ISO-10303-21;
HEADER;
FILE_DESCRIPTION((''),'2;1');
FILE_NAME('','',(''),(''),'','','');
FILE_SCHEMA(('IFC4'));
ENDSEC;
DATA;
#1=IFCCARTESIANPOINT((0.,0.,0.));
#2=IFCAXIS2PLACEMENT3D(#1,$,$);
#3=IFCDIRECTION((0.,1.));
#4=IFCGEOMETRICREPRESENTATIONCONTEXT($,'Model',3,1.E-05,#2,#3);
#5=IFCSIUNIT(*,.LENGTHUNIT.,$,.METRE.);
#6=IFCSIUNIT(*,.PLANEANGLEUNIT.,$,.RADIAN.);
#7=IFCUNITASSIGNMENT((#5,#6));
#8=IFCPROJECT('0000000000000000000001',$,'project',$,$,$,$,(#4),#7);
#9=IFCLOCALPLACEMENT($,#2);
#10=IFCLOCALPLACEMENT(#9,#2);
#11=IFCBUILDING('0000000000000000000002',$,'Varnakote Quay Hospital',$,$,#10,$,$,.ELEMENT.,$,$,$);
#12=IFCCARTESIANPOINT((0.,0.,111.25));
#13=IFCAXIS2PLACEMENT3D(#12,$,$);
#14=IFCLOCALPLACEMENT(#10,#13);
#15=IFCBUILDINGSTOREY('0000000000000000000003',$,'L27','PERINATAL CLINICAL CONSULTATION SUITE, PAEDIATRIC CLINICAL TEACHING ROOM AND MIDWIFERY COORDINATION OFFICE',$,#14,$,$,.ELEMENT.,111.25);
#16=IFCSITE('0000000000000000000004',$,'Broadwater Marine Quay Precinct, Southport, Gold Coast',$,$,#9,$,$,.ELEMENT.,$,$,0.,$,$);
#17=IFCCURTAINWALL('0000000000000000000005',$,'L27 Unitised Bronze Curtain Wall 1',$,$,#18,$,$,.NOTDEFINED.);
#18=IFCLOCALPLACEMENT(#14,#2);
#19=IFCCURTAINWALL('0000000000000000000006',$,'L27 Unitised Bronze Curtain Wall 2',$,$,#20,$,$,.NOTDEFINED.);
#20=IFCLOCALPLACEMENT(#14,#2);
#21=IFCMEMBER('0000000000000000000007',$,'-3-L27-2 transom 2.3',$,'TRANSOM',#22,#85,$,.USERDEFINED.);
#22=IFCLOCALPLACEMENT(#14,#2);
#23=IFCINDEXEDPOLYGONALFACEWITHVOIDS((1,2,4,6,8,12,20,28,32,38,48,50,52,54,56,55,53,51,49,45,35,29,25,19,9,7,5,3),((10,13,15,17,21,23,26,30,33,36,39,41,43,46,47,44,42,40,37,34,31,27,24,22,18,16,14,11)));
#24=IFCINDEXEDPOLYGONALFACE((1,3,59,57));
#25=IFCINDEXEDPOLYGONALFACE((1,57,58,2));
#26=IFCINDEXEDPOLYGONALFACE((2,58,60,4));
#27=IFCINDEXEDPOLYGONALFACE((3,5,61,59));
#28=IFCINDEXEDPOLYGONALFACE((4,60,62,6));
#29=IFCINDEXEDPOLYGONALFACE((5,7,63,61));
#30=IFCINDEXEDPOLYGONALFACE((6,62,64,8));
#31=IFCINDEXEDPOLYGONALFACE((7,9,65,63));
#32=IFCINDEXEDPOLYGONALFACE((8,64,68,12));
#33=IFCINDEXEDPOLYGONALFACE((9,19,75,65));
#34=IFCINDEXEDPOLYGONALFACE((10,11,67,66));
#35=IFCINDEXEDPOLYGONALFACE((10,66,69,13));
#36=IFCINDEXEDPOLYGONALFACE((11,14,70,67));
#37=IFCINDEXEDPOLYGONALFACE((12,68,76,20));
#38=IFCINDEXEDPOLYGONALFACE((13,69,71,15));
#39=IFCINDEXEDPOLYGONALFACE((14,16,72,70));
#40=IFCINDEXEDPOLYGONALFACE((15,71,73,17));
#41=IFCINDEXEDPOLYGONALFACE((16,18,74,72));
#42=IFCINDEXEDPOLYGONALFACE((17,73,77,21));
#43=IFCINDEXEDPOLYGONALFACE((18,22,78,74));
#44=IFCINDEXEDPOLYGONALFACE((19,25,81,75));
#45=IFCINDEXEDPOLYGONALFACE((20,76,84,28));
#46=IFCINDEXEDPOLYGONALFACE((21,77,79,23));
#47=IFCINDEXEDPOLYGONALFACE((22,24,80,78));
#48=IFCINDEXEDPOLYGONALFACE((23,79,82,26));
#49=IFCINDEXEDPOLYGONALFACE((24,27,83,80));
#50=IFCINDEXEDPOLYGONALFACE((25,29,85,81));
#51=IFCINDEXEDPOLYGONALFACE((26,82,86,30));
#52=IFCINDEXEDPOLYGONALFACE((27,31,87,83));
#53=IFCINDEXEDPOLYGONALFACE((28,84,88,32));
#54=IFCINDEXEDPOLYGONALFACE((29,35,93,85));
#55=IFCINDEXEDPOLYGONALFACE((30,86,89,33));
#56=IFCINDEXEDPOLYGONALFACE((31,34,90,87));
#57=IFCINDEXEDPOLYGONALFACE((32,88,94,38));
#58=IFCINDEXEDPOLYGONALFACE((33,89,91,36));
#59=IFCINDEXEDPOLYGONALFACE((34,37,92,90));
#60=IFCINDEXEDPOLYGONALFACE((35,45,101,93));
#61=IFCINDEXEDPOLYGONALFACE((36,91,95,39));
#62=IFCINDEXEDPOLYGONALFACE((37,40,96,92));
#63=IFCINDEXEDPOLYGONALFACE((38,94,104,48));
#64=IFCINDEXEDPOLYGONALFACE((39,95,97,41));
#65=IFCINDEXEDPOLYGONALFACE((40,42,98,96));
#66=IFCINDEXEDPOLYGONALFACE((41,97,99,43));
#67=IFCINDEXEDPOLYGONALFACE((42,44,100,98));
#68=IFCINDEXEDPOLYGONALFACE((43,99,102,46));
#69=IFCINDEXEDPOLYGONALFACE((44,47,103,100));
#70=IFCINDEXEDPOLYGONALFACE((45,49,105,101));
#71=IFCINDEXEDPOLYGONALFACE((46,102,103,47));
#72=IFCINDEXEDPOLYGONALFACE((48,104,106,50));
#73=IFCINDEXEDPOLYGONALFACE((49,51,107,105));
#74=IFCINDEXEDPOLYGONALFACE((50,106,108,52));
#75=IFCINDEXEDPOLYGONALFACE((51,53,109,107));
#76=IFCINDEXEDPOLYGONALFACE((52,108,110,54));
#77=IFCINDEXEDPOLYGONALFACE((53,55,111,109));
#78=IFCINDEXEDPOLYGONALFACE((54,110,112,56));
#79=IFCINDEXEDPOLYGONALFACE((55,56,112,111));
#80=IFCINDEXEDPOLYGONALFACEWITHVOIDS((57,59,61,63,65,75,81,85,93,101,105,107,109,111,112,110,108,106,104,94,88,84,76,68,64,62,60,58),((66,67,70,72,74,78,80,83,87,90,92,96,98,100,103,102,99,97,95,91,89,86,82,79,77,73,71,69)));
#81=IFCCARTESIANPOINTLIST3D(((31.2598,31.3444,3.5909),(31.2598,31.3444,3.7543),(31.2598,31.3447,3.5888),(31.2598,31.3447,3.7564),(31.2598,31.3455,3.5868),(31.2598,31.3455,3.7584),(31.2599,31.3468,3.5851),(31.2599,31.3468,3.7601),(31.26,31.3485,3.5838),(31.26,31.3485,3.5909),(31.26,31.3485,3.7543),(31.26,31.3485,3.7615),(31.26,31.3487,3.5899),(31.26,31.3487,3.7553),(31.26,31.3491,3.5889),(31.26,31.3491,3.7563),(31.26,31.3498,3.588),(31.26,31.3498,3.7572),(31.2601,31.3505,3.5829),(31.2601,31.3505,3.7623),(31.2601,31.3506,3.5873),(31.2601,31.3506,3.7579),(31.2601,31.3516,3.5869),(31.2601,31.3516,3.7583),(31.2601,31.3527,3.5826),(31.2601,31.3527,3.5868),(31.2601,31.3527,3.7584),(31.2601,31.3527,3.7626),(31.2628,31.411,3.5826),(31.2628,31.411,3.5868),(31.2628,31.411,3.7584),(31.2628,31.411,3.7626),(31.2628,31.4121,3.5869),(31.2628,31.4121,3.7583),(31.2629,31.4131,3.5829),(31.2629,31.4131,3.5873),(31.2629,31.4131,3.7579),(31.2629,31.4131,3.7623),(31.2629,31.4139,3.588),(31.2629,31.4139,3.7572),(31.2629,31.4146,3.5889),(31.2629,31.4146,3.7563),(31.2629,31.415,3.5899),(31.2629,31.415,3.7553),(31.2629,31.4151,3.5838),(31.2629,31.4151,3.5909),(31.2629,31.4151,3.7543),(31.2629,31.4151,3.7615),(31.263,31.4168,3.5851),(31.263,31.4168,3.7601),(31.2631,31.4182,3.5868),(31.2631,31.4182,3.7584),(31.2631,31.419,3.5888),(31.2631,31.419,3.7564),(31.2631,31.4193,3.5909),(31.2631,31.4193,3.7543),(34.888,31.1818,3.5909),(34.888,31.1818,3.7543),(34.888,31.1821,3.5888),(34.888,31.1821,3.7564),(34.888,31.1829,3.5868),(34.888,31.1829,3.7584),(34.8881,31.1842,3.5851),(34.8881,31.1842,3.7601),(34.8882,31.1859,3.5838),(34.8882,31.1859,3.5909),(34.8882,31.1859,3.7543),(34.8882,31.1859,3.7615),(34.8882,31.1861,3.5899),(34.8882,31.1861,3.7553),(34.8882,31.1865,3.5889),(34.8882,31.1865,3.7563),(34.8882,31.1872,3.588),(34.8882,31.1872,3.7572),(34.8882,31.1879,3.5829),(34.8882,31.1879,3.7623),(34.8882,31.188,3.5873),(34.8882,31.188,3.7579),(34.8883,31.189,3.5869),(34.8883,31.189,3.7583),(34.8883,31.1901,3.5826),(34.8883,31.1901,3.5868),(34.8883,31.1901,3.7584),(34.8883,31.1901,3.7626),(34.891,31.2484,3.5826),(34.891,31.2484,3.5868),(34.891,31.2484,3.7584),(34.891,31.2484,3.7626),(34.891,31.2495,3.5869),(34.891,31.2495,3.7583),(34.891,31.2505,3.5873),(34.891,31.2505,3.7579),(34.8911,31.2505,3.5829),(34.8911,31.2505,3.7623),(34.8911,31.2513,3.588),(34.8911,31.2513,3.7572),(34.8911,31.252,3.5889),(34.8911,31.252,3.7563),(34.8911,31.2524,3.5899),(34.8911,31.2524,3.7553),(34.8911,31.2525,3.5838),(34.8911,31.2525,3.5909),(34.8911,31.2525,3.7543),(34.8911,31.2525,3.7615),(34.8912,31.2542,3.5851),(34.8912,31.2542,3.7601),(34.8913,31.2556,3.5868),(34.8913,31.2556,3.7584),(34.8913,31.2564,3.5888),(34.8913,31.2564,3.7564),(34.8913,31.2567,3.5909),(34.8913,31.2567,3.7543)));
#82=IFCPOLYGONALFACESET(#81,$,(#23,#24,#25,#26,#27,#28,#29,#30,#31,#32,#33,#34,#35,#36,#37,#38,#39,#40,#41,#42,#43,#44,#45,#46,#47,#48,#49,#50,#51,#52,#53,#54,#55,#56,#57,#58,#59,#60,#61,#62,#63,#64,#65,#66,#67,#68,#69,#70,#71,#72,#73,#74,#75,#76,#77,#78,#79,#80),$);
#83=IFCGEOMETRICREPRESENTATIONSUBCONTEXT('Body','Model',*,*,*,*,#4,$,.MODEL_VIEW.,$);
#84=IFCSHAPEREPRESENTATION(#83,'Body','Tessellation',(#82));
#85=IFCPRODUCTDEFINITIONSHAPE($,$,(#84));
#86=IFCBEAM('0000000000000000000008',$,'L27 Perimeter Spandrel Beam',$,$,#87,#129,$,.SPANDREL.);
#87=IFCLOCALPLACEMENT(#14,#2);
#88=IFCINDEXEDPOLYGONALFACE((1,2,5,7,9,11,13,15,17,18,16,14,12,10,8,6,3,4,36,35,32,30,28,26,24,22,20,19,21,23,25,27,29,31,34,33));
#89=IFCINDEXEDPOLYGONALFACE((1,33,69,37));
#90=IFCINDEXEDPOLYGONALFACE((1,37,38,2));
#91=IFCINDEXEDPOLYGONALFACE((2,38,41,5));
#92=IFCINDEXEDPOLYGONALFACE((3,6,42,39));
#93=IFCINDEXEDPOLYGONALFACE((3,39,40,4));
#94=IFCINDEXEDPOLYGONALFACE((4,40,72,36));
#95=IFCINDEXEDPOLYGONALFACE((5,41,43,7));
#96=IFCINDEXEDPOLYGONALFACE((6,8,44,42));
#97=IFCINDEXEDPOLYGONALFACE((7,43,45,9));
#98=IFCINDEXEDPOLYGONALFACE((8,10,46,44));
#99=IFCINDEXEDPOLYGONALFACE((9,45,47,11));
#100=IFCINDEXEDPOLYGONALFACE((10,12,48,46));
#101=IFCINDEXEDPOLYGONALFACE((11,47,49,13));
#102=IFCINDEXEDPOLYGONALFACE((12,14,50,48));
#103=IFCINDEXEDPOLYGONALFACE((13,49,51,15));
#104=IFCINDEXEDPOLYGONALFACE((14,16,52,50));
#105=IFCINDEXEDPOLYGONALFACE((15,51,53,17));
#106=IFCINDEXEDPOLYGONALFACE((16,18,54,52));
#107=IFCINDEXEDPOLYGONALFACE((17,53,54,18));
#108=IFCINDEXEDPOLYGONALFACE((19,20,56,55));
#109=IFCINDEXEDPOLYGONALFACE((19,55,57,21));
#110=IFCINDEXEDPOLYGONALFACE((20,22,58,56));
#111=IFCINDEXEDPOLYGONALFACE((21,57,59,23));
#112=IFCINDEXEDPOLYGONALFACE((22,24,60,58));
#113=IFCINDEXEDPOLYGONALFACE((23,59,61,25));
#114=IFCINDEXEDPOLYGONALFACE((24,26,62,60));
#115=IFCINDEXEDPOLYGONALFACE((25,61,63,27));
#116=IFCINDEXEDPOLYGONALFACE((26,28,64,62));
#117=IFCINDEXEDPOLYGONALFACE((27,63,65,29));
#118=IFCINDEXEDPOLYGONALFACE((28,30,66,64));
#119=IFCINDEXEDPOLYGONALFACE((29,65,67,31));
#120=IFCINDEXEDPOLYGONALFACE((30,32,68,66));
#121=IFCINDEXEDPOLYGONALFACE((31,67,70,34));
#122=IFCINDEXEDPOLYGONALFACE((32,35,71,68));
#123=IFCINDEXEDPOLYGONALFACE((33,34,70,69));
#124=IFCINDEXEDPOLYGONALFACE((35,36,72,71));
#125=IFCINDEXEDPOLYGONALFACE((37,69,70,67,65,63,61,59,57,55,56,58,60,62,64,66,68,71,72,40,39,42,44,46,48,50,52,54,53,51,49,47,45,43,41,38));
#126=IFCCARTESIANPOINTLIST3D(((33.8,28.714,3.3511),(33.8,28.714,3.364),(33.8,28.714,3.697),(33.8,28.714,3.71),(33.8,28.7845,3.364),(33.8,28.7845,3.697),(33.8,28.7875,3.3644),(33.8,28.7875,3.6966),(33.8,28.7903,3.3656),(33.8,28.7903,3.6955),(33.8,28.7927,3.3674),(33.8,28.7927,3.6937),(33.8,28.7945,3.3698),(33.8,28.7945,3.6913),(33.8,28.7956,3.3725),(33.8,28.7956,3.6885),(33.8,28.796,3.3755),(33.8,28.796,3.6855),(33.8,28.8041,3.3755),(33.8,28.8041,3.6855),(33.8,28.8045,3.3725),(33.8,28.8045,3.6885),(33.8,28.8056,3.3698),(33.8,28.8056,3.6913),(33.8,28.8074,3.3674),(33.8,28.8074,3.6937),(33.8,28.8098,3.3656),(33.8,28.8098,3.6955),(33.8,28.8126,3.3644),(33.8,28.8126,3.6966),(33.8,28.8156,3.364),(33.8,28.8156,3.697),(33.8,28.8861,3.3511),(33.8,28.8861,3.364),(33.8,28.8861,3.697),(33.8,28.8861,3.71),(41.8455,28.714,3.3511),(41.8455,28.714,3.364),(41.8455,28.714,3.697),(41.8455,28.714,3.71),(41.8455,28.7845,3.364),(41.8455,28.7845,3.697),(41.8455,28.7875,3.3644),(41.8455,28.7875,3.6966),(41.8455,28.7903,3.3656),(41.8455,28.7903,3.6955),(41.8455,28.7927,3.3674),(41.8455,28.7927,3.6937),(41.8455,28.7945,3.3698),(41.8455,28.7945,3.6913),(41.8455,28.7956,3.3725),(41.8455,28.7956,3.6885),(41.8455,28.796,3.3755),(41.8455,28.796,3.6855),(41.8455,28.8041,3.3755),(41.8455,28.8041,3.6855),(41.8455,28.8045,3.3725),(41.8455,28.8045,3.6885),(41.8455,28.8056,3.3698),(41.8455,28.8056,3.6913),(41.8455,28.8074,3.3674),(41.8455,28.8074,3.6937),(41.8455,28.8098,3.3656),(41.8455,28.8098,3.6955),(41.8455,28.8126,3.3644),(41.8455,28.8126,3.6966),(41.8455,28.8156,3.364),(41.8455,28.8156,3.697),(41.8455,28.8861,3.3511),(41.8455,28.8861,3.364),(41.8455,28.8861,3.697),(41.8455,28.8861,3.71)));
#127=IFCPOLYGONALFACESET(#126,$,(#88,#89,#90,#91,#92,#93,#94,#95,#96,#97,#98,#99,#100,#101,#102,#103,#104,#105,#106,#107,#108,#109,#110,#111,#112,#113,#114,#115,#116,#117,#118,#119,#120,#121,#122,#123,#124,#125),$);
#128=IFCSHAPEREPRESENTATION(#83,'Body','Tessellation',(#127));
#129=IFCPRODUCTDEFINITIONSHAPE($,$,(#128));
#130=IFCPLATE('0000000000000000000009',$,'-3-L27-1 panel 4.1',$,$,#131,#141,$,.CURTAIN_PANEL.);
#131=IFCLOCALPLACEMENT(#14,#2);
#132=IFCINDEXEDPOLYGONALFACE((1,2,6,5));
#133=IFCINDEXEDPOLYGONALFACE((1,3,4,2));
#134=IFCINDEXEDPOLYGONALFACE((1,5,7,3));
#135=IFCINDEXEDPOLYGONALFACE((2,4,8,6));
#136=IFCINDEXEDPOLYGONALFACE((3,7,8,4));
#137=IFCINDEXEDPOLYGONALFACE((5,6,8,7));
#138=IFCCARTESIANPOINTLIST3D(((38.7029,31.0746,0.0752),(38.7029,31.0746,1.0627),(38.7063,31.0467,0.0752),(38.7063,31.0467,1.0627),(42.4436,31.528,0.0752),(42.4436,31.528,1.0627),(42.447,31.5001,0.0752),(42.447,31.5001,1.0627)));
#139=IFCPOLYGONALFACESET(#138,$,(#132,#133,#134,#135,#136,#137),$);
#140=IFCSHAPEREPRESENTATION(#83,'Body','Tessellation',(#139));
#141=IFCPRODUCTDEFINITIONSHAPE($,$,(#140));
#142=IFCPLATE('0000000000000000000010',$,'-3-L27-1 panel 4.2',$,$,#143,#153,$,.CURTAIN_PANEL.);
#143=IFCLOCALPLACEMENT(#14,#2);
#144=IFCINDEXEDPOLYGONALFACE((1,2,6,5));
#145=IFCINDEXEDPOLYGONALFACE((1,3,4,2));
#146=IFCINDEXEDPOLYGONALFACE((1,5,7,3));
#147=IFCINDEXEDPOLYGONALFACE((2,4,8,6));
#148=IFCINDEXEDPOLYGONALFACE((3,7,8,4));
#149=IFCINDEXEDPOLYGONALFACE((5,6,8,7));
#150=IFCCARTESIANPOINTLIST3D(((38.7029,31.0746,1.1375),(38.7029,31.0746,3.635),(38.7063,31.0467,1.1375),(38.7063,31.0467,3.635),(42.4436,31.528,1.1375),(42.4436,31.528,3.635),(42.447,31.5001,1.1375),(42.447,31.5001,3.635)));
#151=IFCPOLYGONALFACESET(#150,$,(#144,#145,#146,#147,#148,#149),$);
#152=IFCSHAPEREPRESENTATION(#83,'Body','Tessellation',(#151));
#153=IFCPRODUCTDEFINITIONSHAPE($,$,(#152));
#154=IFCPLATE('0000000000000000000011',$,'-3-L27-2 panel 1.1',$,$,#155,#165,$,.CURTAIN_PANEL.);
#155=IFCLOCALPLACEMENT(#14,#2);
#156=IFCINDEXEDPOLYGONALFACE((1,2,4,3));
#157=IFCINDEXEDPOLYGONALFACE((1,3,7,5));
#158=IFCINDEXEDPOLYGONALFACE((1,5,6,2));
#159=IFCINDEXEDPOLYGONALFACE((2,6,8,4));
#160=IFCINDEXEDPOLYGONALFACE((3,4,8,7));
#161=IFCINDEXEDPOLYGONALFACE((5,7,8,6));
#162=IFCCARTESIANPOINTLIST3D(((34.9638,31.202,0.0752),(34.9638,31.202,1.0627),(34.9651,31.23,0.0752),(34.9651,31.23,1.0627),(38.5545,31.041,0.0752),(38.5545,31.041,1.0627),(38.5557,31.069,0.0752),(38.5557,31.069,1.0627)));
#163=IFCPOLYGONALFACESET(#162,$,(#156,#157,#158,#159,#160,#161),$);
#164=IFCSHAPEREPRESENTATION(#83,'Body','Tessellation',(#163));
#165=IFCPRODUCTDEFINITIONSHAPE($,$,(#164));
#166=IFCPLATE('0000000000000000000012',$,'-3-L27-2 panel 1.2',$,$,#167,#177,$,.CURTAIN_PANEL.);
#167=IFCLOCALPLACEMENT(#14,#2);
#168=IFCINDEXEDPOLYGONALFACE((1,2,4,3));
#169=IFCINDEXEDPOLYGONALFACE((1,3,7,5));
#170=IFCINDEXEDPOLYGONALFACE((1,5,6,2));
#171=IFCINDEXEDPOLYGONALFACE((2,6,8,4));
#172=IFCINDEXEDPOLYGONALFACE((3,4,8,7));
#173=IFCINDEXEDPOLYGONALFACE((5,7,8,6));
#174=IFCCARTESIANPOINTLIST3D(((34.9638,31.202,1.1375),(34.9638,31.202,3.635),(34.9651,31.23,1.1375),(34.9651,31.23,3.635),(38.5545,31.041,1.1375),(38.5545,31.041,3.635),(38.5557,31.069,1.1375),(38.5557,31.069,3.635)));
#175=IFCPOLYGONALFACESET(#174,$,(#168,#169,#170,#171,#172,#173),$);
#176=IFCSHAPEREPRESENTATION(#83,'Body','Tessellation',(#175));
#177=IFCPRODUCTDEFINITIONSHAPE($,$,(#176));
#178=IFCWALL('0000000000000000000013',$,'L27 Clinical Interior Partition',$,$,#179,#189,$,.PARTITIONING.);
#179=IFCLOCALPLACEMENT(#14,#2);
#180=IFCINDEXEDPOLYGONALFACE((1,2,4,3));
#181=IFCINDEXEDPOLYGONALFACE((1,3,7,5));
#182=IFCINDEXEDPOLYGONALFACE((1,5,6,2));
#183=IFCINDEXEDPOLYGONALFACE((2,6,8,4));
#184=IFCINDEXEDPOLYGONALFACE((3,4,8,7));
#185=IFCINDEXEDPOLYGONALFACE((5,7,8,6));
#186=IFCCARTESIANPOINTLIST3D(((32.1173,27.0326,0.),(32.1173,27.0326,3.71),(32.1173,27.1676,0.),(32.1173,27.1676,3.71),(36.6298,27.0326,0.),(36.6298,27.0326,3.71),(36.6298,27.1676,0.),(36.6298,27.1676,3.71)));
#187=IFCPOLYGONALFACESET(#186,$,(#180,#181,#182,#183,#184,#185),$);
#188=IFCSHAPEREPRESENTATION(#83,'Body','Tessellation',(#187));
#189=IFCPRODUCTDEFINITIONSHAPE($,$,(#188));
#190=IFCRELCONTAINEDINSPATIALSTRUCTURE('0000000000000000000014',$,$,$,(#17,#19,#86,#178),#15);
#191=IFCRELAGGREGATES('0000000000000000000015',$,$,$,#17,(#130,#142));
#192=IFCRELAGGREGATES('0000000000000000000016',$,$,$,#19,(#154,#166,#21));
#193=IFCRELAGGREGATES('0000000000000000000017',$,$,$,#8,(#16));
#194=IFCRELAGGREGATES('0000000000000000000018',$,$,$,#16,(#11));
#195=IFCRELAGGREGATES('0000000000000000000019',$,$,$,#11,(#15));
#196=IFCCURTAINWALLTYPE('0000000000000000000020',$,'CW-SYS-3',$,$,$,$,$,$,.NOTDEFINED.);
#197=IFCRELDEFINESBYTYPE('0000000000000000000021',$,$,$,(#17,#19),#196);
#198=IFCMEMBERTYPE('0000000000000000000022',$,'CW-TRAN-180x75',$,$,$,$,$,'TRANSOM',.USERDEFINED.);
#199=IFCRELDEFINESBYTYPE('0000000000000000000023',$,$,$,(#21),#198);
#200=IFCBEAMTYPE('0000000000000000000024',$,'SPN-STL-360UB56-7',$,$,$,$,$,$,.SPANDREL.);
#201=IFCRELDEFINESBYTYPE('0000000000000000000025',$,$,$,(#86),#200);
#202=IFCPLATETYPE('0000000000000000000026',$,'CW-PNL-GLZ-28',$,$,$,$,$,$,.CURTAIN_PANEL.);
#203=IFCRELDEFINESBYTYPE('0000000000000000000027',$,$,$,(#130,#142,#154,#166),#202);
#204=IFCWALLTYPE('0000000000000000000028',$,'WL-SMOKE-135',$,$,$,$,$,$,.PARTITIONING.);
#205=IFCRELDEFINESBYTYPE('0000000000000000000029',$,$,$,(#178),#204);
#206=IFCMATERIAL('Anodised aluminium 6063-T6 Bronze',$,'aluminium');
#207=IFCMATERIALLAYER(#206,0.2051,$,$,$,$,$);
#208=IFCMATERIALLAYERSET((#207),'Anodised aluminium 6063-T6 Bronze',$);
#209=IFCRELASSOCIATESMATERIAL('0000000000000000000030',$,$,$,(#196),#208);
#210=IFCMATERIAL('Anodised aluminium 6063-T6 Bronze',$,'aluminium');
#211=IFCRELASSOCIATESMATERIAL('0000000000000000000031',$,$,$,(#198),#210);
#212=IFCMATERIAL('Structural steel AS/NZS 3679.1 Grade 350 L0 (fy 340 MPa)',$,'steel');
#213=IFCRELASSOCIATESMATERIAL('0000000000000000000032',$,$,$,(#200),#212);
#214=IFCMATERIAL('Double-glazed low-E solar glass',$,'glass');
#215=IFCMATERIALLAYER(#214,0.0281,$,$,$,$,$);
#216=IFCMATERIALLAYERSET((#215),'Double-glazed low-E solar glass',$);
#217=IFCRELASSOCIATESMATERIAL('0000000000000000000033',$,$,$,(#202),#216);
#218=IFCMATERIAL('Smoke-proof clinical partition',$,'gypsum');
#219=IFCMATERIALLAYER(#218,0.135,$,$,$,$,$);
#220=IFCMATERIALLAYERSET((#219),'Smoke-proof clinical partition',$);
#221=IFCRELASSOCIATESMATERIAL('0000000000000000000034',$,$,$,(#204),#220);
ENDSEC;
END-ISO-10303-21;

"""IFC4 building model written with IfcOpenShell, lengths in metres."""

from ifc_helpers import new_model, si_unit, direction, frame, frame_2d, origin, origin_2d, place, context, subcontext, project, spatial, rectangle, hollow_rectangle, i_section, extrude, material, layer, layer_set, material_profile, profile_set, type_object, element, aggregate, save


model = new_model("IFC4")

# Units and contexts
model_context = context("Model", 3, precision=1e-05, world=origin(), true_north=direction((0.0, 1.0)))
body_context = subcontext(model_context, "Body", "Model", "MODEL_VIEW")
ifc_project = project(units=[si_unit("LENGTHUNIT", "METRE"), si_unit("PLANEANGLEUNIT", "RADIAN")], contexts=[model_context])

# Site, building, storey
site_placement = place(None, origin())
site = spatial("IfcSite", under=ifc_project, at=site_placement, Name="Broadwater Marine Quay Precinct, Southport, Gold Coast", CompositionType="ELEMENT", RefElevation=0.0)
building_placement = place(site_placement, origin())
building = spatial("IfcBuilding", under=site, at=building_placement, Name="Varnakote Quay Hospital", CompositionType="ELEMENT")
storey_placement = place(building_placement, frame((0.0, 0.0, 111.25)))
storey = spatial("IfcBuildingStorey", under=building, at=storey_placement, Name="L27", Description="PERINATAL CLINICAL CONSULTATION SUITE, PAEDIATRIC CLINICAL TEACHING ROOM AND MIDWIFERY COORDINATION OFFICE", CompositionType="ELEMENT", Elevation=111.25)

# Curtain wall
ifc_material_1 = material(Name="Anodised aluminium 6063-T6 Bronze", Category="aluminium")
ifc_layer_1 = layer(ifc_material_1, 0.2051)
ifc_layer_set_1 = layer_set([ifc_layer_1], Name="Anodised aluminium 6063-T6 Bronze")
curtain_wall_type = type_object("IfcCurtainWallType", Name="CW-SYS-3", PredefinedType="NOTDEFINED", material=ifc_layer_set_1)
curtain_wall_1_placement = place(storey_placement, origin())
curtain_wall_1 = element("IfcCurtainWall", 1, at=curtain_wall_1_placement, inside=storey, type_object=curtain_wall_type, Name="L27 Unitised Bronze Curtain Wall 1", PredefinedType="NOTDEFINED")

# Curtain wall, member
curtain_wall_2_placement = place(storey_placement, origin())
curtain_wall_2 = element("IfcCurtainWall", 2, at=curtain_wall_2_placement, inside=storey, type_object=curtain_wall_type, Name="L27 Unitised Bronze Curtain Wall 2", PredefinedType="NOTDEFINED")
ifc_material_2 = material(Name="Anodised aluminium 6063-T6 Bronze", Category="aluminium")
ifc_material_profile_1 = material_profile(ifc_material_2, hollow_rectangle(XDim=0.075, YDim=0.1799, WallThickness=0.0042, InnerFilletRadius=0.0042, OuterFilletRadius=0.0083, at=origin_2d()), Name="CW-TRAN-180x75")
ifc_profile_set_1 = profile_set([ifc_material_profile_1], Name="Anodised aluminium 6063-T6 Bronze")
member_type_1 = type_object("IfcMemberType", Name="CW-TRAN-180x75", ElementType="TRANSOM", PredefinedType="USERDEFINED", material=ifc_profile_set_1)
member_1_placement = place(storey_placement, frame((34.8896, 31.2192, 3.6726), z_axis=(-0.998997, 0.04477, 0.0), x_axis=(-0.04477, -0.998997, 0.0)))
member_1 = element("IfcMember", 3, at=member_1_placement, type_object=member_type_1, Name="-3-L27-2 transom 2.3", ObjectType="TRANSOM", PredefinedType="USERDEFINED", context=body_context, shape_type="SweptSolid", body=[
    extrude(hollow_rectangle(XDim=0.075, YDim=0.1799, WallThickness=0.0042, InnerFilletRadius=0.0042, OuterFilletRadius=0.0083, at=origin_2d()), origin(), (0.0, 0.0, 1.0), 3.6318),
])

# Beam
ifc_material_3 = material(Name="Structural steel AS/NZS 3679.1 Grade 350 L0 (fy 340 MPa)", Category="steel")
ifc_material_profile_2 = material_profile(ifc_material_3, i_section(OverallWidth=0.1721, OverallDepth=0.3589, WebThickness=0.0081, FlangeThickness=0.0129, FilletRadius=0.0115, at=origin_2d()), Name="360UB56.7")
ifc_profile_set_2 = profile_set([ifc_material_profile_2], Name="Structural steel AS/NZS 3679.1 Grade 350 L0 (fy 340 MPa)")
beam_type = type_object("IfcBeamType", Name="SPN-STL-360UB56-7", PredefinedType="SPANDREL", material=ifc_profile_set_2)
beam_placement = place(storey_placement, frame((33.8, 28.8, 3.5305), z_axis=(1.0, 0.0, 0.0), x_axis=(0.0, 1.0, 0.0)))
element("IfcBeam", 4, at=beam_placement, inside=storey, type_object=beam_type, Name="L27 Perimeter Spandrel Beam", PredefinedType="SPANDREL", context=body_context, shape_type="SweptSolid", body=[
    extrude(i_section(OverallWidth=0.1721, OverallDepth=0.3589, WebThickness=0.0081, FlangeThickness=0.0129, FilletRadius=0.0115, at=origin_2d()), origin(), (0.0, 0.0, 1.0), 8.0454),
])

# Plates
ifc_material_4 = material(Name="Double-glazed low-E solar glass", Category="glass")
ifc_layer_2 = layer(ifc_material_4, 0.0281)
ifc_layer_set_2 = layer_set([ifc_layer_2], Name="Double-glazed low-E solar glass")
plate_type = type_object("IfcPlateType", Name="CW-PNL-GLZ-28", PredefinedType="CURTAIN_PANEL", material=ifc_layer_set_2)
plate_1_placement = place(storey_placement, frame((40.575, 31.2874, 0.0752), z_axis=(0.0, 0.0, 1.0), x_axis=(-0.992734, -0.120327, 0.0)))
plate_1 = element("IfcPlate", 5, at=plate_1_placement, type_object=plate_type, Name="-3-L27-1 panel 4.1", PredefinedType="CURTAIN_PANEL", context=body_context, shape_type="SweptSolid", body=[
    extrude(rectangle(XDim=3.7681, YDim=0.0281, at=origin_2d()), origin(), (0.0, 0.0, 1.0), 0.9875),
])
plate_2_placement = place(storey_placement, frame((40.575, 31.2874, 1.1375), z_axis=(0.0, 0.0, 1.0), x_axis=(-0.992734, -0.120327, 0.0)))
plate_2 = element("IfcPlate", 6, at=plate_2_placement, type_object=plate_type, Name="-3-L27-1 panel 4.2", PredefinedType="CURTAIN_PANEL", context=body_context, shape_type="SweptSolid", body=[
    extrude(rectangle(XDim=3.7681, YDim=0.0281, at=origin_2d()), origin(), (0.0, 0.0, 1.0), 2.4976),
])
aggregate(curtain_wall_1, [plate_1, plate_2])
plate_3_placement = place(storey_placement, frame((36.7598, 31.1355, 0.0752), z_axis=(0.0, 0.0, 1.0), x_axis=(-0.998997, 0.044782, 0.0)))
plate_3 = element("IfcPlate", 7, at=plate_3_placement, type_object=plate_type, Name="-3-L27-2 panel 1.1", PredefinedType="CURTAIN_PANEL", context=body_context, shape_type="SweptSolid", body=[
    extrude(rectangle(XDim=3.5942, YDim=0.0281, at=origin_2d()), origin(), (0.0, 0.0, 1.0), 0.9875),
])
plate_4_placement = place(storey_placement, frame((36.7598, 31.1355, 1.1375), z_axis=(0.0, 0.0, 1.0), x_axis=(-0.998997, 0.044782, 0.0)))
plate_4 = element("IfcPlate", 8, at=plate_4_placement, type_object=plate_type, Name="-3-L27-2 panel 1.2", PredefinedType="CURTAIN_PANEL", context=body_context, shape_type="SweptSolid", body=[
    extrude(rectangle(XDim=3.5942, YDim=0.0281, at=origin_2d()), origin(), (0.0, 0.0, 1.0), 2.4976),
])
aggregate(curtain_wall_2, [plate_3, plate_4, member_1])

# Wall
ifc_material_5 = material(Name="Smoke-proof clinical partition", Category="gypsum")
ifc_layer_3 = layer(ifc_material_5, 0.135)
ifc_layer_set_3 = layer_set([ifc_layer_3], Name="Smoke-proof clinical partition")
wall_type = type_object("IfcWallType", Name="WL-SMOKE-135", PredefinedType="PARTITIONING", material=ifc_layer_set_3)
wall_1_placement = place(storey_placement, frame((36.6299, 27.1001, 0.0), z_axis=(0.0, 0.0, 1.0), x_axis=(-1.0, 0.0, 0.0)))
element("IfcWall", 9, at=wall_1_placement, inside=storey, type_object=wall_type, Name="L27 Clinical Interior Partition", PredefinedType="PARTITIONING", context=body_context, shape_type="SweptSolid", body=[
    extrude(rectangle(XDim=4.5125, YDim=0.135, at=frame_2d((2.2563, 0.0))), origin(), (0.0, 0.0, 1.0), 3.71),
])

save(model, "model.ifc")
